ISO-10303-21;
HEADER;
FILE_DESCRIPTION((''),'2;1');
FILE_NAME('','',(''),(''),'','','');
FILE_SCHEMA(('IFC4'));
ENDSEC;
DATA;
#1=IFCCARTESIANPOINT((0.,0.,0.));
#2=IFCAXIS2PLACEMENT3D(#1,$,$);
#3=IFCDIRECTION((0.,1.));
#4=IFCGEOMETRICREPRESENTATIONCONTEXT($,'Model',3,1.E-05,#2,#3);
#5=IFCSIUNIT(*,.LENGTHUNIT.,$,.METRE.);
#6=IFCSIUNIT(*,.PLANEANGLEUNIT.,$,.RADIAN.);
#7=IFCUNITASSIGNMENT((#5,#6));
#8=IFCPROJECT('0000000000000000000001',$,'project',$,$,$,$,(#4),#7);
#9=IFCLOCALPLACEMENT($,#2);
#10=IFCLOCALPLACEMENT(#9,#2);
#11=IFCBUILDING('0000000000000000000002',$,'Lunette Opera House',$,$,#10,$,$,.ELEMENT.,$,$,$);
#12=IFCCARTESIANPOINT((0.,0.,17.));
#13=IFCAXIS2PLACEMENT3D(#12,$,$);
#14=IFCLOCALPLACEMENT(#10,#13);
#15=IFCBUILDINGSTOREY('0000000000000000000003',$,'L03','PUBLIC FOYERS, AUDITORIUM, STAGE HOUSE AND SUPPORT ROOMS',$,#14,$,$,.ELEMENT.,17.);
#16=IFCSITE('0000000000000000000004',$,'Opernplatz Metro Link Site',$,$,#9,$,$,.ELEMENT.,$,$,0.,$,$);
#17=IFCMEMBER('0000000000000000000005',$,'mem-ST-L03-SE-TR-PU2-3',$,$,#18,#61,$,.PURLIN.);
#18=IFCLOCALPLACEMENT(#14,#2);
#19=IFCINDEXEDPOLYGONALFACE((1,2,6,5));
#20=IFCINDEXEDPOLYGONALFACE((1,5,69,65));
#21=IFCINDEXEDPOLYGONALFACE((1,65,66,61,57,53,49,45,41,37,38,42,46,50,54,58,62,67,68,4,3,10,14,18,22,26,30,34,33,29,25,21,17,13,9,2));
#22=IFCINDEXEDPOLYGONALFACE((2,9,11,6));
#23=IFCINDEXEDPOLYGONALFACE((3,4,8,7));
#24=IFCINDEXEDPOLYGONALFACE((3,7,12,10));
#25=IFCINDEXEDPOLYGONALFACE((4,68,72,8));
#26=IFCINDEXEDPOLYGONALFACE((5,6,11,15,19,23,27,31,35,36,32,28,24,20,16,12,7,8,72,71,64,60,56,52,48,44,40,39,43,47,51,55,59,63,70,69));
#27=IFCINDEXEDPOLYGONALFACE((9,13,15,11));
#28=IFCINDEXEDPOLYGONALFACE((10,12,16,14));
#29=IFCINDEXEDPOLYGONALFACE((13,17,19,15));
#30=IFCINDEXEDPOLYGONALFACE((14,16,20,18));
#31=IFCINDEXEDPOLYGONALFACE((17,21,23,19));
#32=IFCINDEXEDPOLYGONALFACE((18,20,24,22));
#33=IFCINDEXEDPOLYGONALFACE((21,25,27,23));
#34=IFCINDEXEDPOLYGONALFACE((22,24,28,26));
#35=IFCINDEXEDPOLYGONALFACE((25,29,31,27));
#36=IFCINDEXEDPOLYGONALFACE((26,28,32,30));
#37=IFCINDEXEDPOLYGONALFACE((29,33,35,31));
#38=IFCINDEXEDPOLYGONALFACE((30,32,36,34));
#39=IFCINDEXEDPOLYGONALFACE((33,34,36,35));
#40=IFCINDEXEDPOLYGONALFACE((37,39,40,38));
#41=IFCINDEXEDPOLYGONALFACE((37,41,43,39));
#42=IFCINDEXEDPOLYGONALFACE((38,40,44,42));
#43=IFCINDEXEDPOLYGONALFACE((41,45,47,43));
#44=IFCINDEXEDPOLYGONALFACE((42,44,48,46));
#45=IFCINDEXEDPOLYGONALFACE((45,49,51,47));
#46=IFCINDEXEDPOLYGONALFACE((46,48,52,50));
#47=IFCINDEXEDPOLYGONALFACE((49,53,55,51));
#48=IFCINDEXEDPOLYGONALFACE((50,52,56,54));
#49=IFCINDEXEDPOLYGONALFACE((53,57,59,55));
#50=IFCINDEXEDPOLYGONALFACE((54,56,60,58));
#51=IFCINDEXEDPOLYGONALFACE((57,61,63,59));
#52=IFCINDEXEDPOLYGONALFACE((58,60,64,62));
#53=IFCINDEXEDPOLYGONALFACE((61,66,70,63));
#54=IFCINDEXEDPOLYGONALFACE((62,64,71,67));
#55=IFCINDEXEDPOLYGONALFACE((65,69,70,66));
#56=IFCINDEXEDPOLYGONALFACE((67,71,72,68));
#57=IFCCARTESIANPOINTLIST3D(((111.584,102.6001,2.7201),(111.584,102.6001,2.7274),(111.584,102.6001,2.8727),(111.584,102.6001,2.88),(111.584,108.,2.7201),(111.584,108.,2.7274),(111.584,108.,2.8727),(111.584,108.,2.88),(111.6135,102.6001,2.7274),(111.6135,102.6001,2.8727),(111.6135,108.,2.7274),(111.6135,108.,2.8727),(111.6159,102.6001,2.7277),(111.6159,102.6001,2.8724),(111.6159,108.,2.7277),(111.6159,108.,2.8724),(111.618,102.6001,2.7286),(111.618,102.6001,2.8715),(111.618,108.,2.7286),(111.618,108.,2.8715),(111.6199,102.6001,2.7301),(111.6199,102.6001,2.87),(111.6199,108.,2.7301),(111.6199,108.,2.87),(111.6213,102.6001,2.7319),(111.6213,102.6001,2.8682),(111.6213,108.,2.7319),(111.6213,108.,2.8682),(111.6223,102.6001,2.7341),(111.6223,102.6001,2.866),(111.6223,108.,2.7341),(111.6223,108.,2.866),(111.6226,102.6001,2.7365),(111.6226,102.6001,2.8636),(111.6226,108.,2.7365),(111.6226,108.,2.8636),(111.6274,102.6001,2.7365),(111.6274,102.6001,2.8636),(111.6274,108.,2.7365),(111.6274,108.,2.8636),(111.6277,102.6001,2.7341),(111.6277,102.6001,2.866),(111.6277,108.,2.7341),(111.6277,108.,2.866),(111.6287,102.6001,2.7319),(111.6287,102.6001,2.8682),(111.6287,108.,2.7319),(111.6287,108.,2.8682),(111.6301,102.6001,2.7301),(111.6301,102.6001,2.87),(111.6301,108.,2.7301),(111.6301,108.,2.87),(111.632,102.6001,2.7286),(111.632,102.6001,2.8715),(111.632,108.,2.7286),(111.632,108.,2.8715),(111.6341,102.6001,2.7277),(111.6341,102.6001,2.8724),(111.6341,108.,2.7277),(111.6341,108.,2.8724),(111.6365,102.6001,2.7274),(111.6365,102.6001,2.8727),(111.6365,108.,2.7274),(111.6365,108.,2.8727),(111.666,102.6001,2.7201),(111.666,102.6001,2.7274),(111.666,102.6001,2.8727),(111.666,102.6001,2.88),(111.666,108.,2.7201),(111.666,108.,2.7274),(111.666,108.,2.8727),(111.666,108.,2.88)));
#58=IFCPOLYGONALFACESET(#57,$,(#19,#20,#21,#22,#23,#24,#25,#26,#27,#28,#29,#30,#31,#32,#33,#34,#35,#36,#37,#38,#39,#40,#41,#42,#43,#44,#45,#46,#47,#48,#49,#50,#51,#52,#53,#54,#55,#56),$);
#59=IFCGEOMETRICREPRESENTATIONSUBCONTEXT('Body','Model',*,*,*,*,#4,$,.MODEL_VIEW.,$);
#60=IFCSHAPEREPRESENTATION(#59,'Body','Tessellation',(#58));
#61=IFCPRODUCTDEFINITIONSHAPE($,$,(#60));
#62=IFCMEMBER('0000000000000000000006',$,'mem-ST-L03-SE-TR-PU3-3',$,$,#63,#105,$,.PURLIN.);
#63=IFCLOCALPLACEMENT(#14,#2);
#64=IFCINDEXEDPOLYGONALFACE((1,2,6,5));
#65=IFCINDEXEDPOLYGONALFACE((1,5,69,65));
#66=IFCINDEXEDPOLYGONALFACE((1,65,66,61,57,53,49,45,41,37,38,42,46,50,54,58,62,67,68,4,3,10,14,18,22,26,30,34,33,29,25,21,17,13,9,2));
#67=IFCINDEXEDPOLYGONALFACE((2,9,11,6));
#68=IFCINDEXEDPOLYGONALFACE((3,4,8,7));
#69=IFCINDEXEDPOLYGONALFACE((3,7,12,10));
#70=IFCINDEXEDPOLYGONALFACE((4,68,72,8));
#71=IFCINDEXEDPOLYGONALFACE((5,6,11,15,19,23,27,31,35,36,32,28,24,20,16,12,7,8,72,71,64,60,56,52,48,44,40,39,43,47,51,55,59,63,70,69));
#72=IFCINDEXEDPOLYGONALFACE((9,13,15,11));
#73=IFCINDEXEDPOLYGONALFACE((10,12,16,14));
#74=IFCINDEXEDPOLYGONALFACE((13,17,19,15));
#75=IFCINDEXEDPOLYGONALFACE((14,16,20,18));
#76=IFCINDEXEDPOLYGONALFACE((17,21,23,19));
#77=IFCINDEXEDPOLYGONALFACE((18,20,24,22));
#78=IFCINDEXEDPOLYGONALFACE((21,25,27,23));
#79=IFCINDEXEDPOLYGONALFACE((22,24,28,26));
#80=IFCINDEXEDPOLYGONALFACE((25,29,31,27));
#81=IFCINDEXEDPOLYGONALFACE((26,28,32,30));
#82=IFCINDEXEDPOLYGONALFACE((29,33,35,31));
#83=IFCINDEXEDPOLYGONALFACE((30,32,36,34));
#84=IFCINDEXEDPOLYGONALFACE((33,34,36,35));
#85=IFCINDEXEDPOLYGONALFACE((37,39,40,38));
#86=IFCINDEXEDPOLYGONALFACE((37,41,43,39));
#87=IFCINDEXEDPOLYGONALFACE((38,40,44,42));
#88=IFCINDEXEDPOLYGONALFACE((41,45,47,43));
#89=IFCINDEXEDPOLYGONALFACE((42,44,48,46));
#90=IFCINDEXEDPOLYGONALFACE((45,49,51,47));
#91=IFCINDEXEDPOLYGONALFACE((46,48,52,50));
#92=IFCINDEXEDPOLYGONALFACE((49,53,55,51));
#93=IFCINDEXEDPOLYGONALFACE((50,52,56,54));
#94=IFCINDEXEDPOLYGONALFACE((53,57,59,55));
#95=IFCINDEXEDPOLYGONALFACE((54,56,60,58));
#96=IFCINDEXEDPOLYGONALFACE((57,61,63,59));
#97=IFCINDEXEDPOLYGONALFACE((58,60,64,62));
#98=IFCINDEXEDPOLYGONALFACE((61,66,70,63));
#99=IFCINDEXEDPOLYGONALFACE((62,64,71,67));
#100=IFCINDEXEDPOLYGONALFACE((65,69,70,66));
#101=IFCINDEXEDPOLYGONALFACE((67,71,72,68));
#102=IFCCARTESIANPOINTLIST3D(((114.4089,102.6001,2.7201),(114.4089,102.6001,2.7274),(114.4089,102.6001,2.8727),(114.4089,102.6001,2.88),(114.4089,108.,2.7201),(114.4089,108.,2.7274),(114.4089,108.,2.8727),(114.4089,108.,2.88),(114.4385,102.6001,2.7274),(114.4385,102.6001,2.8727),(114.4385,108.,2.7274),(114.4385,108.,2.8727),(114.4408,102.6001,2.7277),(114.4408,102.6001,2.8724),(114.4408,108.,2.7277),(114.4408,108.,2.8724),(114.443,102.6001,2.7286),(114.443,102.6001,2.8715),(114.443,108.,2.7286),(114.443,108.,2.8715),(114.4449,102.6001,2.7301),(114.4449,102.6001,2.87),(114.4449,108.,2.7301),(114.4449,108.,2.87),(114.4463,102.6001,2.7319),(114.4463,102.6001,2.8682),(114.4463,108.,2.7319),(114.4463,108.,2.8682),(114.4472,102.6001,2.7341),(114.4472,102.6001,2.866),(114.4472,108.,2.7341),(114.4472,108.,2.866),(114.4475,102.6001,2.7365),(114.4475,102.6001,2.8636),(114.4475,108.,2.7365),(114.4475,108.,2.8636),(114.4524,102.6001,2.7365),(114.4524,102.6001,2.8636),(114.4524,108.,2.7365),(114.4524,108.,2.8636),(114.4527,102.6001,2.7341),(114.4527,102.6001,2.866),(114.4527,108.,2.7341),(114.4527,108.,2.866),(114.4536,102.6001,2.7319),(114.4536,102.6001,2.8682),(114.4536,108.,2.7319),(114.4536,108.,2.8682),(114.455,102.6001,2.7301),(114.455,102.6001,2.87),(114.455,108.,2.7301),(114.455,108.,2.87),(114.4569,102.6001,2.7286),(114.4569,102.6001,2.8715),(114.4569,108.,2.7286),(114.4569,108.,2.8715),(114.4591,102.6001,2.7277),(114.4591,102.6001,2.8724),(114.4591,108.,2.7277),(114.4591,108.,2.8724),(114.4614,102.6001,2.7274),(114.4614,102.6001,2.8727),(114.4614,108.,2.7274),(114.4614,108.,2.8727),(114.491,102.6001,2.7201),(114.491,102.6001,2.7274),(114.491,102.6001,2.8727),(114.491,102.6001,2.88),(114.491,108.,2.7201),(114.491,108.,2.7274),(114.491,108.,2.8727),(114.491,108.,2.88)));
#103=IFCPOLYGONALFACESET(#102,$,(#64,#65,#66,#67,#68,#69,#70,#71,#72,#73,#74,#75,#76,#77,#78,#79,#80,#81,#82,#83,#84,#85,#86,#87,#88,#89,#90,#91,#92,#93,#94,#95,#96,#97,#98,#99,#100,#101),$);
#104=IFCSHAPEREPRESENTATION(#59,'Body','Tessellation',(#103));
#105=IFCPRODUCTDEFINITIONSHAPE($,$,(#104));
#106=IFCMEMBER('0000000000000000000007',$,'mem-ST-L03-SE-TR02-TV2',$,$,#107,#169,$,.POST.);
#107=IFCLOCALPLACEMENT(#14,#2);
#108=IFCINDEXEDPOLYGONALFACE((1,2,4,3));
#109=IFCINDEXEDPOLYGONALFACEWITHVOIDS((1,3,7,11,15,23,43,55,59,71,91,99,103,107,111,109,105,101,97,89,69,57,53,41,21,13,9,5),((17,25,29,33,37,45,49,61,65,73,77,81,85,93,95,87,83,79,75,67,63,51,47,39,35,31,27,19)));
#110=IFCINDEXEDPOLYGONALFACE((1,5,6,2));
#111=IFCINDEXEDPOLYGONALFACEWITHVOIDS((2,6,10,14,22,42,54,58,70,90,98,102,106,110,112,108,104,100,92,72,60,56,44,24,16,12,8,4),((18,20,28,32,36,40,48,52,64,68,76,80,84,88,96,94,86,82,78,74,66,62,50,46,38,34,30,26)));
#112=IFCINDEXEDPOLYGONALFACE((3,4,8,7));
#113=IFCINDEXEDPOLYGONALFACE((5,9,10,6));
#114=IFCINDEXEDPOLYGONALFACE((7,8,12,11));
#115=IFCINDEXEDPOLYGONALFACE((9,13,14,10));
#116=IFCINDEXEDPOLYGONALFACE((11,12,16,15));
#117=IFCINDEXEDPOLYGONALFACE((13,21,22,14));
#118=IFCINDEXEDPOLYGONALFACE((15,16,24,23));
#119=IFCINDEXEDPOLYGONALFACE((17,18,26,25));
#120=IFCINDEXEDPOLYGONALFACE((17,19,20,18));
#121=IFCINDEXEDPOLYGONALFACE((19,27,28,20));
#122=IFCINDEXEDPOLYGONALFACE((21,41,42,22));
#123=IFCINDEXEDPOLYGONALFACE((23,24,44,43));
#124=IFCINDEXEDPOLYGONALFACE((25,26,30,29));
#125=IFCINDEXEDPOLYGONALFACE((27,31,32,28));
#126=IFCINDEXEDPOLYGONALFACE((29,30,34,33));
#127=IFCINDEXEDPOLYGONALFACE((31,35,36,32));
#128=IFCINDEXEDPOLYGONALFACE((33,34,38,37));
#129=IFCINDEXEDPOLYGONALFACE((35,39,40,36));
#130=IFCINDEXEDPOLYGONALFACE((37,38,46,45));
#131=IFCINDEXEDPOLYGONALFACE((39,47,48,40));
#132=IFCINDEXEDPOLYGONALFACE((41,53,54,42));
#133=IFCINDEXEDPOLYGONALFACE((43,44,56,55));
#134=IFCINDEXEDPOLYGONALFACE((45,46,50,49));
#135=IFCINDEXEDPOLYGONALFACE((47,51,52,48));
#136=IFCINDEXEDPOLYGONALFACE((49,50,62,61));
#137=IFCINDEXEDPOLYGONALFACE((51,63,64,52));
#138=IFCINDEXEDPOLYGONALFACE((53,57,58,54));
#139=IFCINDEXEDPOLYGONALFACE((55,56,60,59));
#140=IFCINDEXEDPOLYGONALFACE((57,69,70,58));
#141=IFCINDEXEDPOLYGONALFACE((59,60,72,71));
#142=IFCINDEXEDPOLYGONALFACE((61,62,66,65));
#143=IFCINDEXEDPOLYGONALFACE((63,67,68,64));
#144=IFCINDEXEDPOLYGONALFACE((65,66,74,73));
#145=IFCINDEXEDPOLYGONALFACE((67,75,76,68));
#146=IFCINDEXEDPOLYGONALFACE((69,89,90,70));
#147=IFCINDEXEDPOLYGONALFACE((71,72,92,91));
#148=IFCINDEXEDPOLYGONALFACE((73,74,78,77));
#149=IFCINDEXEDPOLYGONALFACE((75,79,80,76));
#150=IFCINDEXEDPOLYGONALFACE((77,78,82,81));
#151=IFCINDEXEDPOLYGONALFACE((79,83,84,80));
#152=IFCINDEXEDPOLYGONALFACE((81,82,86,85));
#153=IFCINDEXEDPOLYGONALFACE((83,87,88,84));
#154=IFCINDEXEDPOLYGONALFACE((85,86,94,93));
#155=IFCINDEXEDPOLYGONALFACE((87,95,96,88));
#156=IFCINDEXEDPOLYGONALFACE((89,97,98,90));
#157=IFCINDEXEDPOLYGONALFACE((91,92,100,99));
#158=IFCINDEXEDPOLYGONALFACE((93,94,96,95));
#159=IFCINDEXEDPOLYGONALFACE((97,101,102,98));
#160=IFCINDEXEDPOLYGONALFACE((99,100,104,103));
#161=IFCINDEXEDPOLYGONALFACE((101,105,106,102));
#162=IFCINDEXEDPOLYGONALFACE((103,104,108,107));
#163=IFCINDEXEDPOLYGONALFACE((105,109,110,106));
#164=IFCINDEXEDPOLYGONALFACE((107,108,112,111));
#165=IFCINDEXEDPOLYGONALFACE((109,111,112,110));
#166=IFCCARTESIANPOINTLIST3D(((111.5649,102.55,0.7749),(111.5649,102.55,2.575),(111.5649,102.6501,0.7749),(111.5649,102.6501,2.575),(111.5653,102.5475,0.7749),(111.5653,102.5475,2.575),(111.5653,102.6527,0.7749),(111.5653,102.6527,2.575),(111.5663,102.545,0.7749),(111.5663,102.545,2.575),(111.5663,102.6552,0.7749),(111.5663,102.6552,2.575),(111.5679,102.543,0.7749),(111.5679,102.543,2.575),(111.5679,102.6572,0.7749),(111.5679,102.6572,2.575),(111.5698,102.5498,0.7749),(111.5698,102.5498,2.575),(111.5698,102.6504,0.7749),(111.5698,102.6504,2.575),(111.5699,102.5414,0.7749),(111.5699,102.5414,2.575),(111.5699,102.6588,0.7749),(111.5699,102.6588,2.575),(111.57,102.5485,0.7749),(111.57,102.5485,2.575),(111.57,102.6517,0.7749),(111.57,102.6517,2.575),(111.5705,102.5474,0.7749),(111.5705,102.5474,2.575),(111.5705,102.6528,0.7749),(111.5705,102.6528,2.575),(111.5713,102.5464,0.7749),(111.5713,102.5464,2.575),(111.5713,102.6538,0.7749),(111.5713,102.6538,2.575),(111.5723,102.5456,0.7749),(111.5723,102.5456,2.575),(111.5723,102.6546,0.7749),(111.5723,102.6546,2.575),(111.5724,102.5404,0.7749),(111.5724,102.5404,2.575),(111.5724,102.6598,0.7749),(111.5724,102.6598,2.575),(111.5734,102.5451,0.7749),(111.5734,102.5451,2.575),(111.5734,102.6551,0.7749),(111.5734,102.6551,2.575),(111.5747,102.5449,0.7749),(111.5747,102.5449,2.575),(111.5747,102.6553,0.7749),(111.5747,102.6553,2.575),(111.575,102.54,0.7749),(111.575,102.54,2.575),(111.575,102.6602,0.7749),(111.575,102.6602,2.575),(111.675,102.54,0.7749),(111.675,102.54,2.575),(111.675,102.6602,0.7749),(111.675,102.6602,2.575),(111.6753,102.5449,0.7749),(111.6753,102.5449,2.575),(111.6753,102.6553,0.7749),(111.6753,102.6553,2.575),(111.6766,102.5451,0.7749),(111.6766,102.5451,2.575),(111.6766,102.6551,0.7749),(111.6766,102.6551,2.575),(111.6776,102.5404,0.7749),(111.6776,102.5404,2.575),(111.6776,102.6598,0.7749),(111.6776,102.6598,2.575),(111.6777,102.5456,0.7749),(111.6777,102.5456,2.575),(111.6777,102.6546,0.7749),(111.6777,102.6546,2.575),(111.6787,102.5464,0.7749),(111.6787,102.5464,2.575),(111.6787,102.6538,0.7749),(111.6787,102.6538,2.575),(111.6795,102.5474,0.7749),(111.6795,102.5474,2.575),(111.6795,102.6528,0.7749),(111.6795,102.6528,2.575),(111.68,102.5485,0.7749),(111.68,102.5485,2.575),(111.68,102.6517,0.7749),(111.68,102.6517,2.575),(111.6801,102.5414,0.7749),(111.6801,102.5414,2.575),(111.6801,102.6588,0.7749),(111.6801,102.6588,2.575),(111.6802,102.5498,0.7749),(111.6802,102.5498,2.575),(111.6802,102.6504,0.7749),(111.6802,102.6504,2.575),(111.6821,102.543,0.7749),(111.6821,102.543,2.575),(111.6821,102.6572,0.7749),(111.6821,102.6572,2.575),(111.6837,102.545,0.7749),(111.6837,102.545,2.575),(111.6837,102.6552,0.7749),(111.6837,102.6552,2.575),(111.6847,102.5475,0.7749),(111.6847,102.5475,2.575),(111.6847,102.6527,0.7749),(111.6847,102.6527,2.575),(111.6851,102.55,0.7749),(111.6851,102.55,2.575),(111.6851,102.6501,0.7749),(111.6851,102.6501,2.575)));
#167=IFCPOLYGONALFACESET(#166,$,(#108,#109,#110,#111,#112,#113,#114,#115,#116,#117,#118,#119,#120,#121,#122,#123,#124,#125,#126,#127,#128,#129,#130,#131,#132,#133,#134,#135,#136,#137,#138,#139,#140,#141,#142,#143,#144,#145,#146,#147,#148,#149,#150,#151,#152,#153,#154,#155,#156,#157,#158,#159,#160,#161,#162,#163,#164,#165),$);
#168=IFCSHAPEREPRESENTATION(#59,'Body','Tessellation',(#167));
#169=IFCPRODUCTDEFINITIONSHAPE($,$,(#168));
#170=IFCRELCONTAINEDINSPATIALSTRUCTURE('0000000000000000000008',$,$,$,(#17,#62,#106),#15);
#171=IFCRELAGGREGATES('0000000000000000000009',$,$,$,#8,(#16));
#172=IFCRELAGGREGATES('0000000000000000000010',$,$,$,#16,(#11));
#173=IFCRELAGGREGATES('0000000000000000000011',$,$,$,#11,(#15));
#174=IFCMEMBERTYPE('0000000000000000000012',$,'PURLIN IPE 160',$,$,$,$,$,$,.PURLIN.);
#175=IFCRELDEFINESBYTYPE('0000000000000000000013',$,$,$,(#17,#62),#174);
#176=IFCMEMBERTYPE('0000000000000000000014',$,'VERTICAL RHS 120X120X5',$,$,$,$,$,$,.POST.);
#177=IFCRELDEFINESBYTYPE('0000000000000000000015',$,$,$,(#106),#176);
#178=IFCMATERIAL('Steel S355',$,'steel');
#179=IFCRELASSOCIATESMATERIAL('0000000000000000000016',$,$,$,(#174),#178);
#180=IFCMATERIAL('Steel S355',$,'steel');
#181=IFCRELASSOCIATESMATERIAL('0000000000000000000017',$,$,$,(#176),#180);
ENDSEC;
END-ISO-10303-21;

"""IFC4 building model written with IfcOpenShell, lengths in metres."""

from ifc_helpers import new_model, si_unit, direction, frame, origin, origin_2d, place, context, subcontext, project, spatial, hollow_rectangle, i_section, extrude, material, material_profile, profile_set, type_object, element, save


model = new_model("IFC4")

# Units and contexts
model_context = context("Model", 3, precision=1e-05, world=origin(), true_north=direction((0.0, 1.0)))
body_context = subcontext(model_context, "Body", "Model", "MODEL_VIEW")
ifc_project = project(units=[si_unit("LENGTHUNIT", "METRE"), si_unit("PLANEANGLEUNIT", "RADIAN")], contexts=[model_context])

# Site, building, storey
site_placement = place(None, origin())
site = spatial("IfcSite", under=ifc_project, at=site_placement, Name="Opernplatz Metro Link Site", CompositionType="ELEMENT", RefElevation=0.0)
building_placement = place(site_placement, origin())
building = spatial("IfcBuilding", under=site, at=building_placement, Name="Lunette Opera House", CompositionType="ELEMENT")
storey_placement = place(building_placement, frame((0.0, 0.0, 17.0)))
storey = spatial("IfcBuildingStorey", under=building, at=storey_placement, Name="L03", Description="PUBLIC FOYERS, AUDITORIUM, STAGE HOUSE AND SUPPORT ROOMS", CompositionType="ELEMENT", Elevation=17.0)

# Members
ifc_material_1 = material(Name="Steel S355", Category="steel")
ifc_material_profile_1 = material_profile(ifc_material_1, i_section(OverallWidth=0.082, OverallDepth=0.1599, WebThickness=0.0049, FlangeThickness=0.0073, FilletRadius=0.009, at=origin_2d()), Name="IPE 160")
ifc_profile_set_1 = profile_set([ifc_material_profile_1], Name="Steel S355")
member_type_1 = type_object("IfcMemberType", Name="PURLIN IPE 160", PredefinedType="PURLIN", material=ifc_profile_set_1)
for number, where, z_axis, x_axis, name in (
    (1, (111.625, 102.6001, 2.8), (0.0, 1.0, 0.0), (-1.0, 0.0, 0.0), "mem-ST-L03-SE-TR-PU2-3"),
    (2, (114.45, 102.6001, 2.8), (0.0, 1.0, 0.0), (-1.0, 0.0, 0.0), "mem-ST-L03-SE-TR-PU3-3"),
):
    element("IfcMember", number, at=place(storey_placement, frame(where, z_axis=z_axis, x_axis=x_axis)), inside=storey, type_object=member_type_1, Name=name, PredefinedType="PURLIN", context=body_context, shape_type="SweptSolid", body=[
        extrude(i_section(OverallWidth=0.082, OverallDepth=0.1599, WebThickness=0.0049, FlangeThickness=0.0073, FilletRadius=0.009, at=origin_2d()), origin(), (0.0, 0.0, 1.0), 5.3999),
    ])
ifc_material_2 = material(Name="Steel S355", Category="steel")
ifc_material_profile_2 = material_profile(ifc_material_2, hollow_rectangle(XDim=0.1201, YDim=0.1201, WallThickness=0.0049, InnerFilletRadius=0.0049, OuterFilletRadius=0.01, at=origin_2d()), Name="RHS 120X120X5")
ifc_profile_set_2 = profile_set([ifc_material_profile_2], Name="Steel S355")
member_type_2 = type_object("IfcMemberType", Name="VERTICAL RHS 120X120X5", PredefinedType="POST", material=ifc_profile_set_2)
for number, where, z_axis, x_axis, name in (
    (3, (111.625, 102.6001, 0.7749), (0.0, 0.0, 1.0), (1.0, 0.0, 0.0), "mem-ST-L03-SE-TR02-TV2"),
):
    element("IfcMember", number, at=place(storey_placement, frame(where, z_axis=z_axis, x_axis=x_axis)), inside=storey, type_object=member_type_2, Name=name, PredefinedType="POST", context=body_context, shape_type="SweptSolid", body=[
        extrude(hollow_rectangle(XDim=0.1201, YDim=0.1201, WallThickness=0.0049, InnerFilletRadius=0.0049, OuterFilletRadius=0.01, at=origin_2d()), origin(), (0.0, 0.0, 1.0), 1.8),
    ])

save(model, "model.ifc")
